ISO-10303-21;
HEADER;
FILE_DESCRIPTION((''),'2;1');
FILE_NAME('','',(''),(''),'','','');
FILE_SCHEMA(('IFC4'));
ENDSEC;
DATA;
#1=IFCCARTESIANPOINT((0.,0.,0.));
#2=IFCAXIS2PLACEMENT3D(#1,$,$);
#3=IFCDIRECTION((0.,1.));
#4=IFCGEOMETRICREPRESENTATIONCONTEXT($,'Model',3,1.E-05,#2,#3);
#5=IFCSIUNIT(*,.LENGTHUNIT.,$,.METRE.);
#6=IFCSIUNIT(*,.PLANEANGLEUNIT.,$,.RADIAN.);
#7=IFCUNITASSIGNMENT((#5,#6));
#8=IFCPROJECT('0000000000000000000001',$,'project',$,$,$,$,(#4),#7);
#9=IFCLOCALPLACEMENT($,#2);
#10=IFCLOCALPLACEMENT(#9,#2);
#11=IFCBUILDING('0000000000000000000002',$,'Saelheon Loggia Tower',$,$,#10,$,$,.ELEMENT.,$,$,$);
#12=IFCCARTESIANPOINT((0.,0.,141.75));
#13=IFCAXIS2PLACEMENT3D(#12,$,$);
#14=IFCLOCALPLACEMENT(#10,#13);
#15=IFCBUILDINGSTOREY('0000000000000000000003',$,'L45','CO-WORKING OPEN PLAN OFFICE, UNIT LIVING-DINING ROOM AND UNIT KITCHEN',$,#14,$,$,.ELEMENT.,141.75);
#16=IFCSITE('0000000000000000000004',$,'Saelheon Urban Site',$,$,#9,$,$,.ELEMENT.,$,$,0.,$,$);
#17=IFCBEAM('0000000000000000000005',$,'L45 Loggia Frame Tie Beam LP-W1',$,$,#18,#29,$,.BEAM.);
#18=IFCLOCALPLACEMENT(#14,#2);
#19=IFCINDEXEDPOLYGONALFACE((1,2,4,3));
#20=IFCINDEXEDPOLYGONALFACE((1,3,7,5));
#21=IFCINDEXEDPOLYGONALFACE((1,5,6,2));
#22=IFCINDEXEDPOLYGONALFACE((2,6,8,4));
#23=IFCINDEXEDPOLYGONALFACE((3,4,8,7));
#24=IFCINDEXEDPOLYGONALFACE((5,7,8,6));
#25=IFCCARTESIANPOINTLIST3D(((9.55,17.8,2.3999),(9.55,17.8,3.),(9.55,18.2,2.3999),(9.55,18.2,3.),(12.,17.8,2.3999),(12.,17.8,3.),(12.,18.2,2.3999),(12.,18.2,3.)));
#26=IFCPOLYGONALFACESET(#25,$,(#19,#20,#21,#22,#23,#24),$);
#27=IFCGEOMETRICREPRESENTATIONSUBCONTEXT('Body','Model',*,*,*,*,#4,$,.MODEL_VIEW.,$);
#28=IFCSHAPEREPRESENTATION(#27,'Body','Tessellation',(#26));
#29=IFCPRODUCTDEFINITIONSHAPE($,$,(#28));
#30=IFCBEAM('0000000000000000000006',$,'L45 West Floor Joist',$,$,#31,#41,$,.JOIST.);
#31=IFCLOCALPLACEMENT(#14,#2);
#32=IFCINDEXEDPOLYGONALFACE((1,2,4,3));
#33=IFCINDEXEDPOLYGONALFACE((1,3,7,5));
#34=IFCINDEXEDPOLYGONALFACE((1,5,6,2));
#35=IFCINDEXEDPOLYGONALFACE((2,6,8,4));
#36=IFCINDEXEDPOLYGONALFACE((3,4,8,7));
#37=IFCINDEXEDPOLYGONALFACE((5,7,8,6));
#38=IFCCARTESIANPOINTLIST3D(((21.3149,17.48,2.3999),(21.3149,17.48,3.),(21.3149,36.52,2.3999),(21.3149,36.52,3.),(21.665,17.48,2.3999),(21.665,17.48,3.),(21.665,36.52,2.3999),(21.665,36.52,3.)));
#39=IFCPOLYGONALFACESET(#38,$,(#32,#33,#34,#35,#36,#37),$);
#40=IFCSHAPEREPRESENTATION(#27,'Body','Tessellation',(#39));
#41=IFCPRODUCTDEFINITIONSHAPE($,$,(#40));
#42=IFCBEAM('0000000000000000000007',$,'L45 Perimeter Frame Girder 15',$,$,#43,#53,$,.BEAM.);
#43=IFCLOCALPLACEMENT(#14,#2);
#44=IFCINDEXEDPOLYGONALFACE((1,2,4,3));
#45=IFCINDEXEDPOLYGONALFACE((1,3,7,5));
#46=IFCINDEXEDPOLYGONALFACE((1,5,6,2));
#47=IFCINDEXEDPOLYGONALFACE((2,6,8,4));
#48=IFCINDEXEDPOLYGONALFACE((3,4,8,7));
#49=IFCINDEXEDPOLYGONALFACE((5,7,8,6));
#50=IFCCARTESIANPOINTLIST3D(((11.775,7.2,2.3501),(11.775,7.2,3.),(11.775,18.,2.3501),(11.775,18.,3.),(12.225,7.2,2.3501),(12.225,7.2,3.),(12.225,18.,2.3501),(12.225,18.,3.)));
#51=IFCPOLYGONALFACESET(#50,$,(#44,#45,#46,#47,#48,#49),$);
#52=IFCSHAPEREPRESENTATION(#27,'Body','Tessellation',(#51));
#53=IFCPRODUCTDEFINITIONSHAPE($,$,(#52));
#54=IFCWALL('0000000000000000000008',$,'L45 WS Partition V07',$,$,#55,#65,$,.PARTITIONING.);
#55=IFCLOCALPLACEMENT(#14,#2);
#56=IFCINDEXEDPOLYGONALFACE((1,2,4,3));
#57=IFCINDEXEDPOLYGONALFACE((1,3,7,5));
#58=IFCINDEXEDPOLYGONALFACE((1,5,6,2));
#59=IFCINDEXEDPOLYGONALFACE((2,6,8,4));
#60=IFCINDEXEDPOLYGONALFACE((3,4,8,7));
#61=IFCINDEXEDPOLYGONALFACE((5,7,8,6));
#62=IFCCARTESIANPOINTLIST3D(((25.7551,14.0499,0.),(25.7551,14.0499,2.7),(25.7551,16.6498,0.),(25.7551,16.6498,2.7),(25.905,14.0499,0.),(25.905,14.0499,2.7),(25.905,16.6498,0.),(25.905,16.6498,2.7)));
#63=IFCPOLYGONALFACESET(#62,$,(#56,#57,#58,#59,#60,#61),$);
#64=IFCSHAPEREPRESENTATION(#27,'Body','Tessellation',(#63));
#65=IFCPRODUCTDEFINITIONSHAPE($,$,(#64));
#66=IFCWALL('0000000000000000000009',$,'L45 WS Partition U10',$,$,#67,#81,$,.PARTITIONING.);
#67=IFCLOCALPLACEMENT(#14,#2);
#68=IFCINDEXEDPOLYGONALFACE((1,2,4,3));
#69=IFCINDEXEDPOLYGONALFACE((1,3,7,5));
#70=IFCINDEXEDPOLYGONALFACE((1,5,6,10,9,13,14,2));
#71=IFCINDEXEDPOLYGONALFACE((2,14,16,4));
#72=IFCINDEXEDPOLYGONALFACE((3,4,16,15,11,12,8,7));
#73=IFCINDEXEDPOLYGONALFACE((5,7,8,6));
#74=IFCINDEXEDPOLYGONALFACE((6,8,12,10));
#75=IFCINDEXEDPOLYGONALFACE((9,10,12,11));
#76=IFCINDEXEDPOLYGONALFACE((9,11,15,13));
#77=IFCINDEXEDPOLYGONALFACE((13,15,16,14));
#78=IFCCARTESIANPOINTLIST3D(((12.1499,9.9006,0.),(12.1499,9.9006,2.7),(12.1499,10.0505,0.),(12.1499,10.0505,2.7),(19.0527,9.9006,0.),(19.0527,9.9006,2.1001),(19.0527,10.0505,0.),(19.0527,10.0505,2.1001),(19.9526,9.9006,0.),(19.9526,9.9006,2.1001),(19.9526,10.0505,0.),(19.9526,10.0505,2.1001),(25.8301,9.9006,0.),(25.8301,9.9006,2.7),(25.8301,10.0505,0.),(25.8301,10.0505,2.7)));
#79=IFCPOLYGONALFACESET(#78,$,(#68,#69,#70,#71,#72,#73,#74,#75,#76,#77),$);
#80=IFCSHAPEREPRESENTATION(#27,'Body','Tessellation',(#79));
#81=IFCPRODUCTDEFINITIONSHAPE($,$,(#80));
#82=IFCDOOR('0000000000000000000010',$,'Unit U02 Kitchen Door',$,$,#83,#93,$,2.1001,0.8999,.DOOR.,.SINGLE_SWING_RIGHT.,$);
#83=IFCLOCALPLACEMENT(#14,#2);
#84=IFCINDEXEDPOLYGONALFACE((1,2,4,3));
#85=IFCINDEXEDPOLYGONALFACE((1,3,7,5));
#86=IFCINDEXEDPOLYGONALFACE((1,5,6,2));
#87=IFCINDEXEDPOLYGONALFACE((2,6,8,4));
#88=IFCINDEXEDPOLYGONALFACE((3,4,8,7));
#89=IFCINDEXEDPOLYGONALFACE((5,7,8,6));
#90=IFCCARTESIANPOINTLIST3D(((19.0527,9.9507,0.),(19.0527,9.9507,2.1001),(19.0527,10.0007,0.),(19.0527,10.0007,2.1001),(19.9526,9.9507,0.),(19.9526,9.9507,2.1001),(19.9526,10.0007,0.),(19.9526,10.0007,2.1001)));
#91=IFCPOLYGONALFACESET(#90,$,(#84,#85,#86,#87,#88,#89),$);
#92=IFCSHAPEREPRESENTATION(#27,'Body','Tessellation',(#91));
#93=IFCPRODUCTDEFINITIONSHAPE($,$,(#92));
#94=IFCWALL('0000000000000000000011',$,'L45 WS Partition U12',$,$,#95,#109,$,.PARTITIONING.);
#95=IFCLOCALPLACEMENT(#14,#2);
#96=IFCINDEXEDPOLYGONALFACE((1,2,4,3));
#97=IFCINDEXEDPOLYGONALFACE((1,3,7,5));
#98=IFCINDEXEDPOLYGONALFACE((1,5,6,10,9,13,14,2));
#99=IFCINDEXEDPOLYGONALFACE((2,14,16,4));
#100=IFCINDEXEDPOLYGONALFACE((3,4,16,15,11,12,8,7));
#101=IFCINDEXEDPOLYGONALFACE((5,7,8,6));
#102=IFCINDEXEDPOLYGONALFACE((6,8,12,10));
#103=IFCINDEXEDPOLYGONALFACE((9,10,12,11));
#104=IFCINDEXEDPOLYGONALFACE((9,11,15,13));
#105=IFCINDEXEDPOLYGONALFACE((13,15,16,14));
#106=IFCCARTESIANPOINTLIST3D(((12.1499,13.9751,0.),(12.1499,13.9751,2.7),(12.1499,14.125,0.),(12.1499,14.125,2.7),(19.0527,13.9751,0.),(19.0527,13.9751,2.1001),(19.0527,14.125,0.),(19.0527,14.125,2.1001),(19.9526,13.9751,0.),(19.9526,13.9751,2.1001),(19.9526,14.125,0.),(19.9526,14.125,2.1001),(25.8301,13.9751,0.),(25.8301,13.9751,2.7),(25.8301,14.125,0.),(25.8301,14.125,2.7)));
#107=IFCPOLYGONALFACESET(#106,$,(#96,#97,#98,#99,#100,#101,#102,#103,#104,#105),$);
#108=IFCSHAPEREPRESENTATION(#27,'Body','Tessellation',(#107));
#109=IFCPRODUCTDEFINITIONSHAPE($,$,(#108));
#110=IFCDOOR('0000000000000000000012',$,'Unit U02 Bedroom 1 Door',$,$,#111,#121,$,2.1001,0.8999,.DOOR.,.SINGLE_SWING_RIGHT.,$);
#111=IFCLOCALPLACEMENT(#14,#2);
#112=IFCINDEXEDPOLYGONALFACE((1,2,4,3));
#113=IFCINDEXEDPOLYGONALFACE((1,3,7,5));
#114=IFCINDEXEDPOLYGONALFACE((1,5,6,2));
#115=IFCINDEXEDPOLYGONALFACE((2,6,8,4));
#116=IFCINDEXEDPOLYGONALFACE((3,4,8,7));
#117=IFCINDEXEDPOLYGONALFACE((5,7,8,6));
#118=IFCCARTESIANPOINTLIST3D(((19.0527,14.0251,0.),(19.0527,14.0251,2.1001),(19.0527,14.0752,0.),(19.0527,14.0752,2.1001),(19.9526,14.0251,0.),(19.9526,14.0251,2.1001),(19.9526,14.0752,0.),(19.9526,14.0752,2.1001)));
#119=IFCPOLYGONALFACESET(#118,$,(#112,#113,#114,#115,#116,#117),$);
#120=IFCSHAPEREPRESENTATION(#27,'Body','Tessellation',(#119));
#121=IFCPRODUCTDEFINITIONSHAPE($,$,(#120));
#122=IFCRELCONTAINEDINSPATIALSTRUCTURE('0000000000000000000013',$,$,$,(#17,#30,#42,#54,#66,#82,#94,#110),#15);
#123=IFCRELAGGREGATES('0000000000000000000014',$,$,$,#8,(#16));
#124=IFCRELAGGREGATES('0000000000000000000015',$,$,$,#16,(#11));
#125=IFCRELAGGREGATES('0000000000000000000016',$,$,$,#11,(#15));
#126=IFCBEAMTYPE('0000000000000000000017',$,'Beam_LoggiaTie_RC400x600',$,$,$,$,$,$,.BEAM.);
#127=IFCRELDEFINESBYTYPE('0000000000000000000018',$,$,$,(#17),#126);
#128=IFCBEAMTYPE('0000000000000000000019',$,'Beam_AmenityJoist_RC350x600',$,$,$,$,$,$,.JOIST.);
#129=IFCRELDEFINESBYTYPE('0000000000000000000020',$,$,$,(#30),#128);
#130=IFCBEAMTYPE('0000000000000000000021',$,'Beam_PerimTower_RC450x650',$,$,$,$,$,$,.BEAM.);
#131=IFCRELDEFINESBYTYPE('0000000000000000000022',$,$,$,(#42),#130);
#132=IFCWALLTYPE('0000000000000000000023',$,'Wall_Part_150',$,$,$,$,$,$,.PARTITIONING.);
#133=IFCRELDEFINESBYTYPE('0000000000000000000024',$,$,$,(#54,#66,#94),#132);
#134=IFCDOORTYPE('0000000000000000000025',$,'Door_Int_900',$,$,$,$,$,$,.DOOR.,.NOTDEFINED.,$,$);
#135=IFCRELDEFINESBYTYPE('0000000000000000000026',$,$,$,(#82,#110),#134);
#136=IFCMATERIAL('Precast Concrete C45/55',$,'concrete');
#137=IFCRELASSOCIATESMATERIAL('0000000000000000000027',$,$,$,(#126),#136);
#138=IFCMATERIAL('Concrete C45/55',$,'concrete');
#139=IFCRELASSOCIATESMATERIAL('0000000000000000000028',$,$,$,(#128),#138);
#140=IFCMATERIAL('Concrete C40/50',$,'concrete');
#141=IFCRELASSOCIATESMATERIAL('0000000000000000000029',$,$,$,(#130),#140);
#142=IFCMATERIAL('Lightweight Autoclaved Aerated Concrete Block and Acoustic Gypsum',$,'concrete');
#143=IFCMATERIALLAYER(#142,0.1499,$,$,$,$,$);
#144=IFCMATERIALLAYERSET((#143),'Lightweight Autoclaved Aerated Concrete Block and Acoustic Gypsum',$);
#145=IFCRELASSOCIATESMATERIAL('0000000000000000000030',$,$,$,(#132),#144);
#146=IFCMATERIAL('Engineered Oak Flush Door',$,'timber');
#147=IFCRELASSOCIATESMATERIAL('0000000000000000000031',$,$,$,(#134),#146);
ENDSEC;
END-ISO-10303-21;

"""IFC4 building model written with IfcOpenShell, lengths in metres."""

from ifc_helpers import new_model, si_unit, direction, frame, frame_2d, origin, origin_2d, place, context, subcontext, project, spatial, rectangle, extrude, source, transform, mapped, material, layer, layer_set, material_profile, profile_set, type_object, element, fill, save


model = new_model("IFC4")

# Units and contexts
model_context = context("Model", 3, precision=1e-05, world=origin(), true_north=direction((0.0, 1.0)))
body_context = subcontext(model_context, "Body", "Model", "MODEL_VIEW")
ifc_project = project(units=[si_unit("LENGTHUNIT", "METRE"), si_unit("PLANEANGLEUNIT", "RADIAN")], contexts=[model_context])

# Site, building, storey
site_placement = place(None, origin())
site = spatial("IfcSite", under=ifc_project, at=site_placement, Name="Saelheon Urban Site", CompositionType="ELEMENT", RefElevation=0.0)
building_placement = place(site_placement, origin())
building = spatial("IfcBuilding", under=site, at=building_placement, Name="Saelheon Loggia Tower", CompositionType="ELEMENT")
storey_placement = place(building_placement, frame((0.0, 0.0, 141.75)))
storey = spatial("IfcBuildingStorey", under=building, at=storey_placement, Name="L45", Description="CO-WORKING OPEN PLAN OFFICE, UNIT LIVING-DINING ROOM AND UNIT KITCHEN", CompositionType="ELEMENT", Elevation=141.75)

# Beams
ifc_material_1 = material(Name="Precast Concrete C45/55", Category="concrete")
ifc_material_profile_1 = material_profile(ifc_material_1, rectangle(XDim=0.3999, YDim=0.6001, at=origin_2d()), Name="RC-400x600")
ifc_profile_set_1 = profile_set([ifc_material_profile_1], Name="Precast Concrete C45/55")
beam_type_1 = type_object("IfcBeamType", Name="Beam_LoggiaTie_RC400x600", PredefinedType="BEAM", material=ifc_profile_set_1)
shared_shape_1 = source(origin(), body_context, "Body", "SweptSolid", [
    extrude(rectangle(XDim=0.3999, YDim=0.6001, at=origin_2d()), origin(), (0.0, 0.0, 1.0), 2.45),
])
beam_1_placement = place(storey_placement, frame((12.0, 18.0, 2.7), z_axis=(-1.0, 0.0, 0.0), x_axis=(0.0, -1.0, 0.0)))
element("IfcBeam", 1, at=beam_1_placement, inside=storey, type_object=beam_type_1, Name="L45 Loggia Frame Tie Beam LP-W1", PredefinedType="BEAM", context=body_context, shape_type="MappedRepresentation", body=[
    mapped(shared_shape_1, transform((0.0, 0.0, 0.0), scale=1.0)),
])
ifc_material_2 = material(Name="Concrete C45/55", Category="concrete")
ifc_material_profile_2 = material_profile(ifc_material_2, rectangle(XDim=0.3501, YDim=0.6001, at=origin_2d()), Name="RC-350x600")
ifc_profile_set_2 = profile_set([ifc_material_profile_2], Name="Concrete C45/55")
beam_type_2 = type_object("IfcBeamType", Name="Beam_AmenityJoist_RC350x600", PredefinedType="JOIST", material=ifc_profile_set_2)
shared_shape_2 = source(origin(), body_context, "Body", "SweptSolid", [
    extrude(rectangle(XDim=0.3501, YDim=0.6001, at=origin_2d()), origin(), (0.0, 0.0, 1.0), 19.04),
])
beam_2_placement = place(storey_placement, frame((21.49, 17.48, 2.7), z_axis=(0.0, 1.0, 0.0), x_axis=(-1.0, 0.0, 0.0)))
element("IfcBeam", 2, at=beam_2_placement, inside=storey, type_object=beam_type_2, Name="L45 West Floor Joist", PredefinedType="JOIST", context=body_context, shape_type="MappedRepresentation", body=[
    mapped(shared_shape_2, transform((0.0, 0.0, 0.0), scale=1.0)),
])
ifc_material_3 = material(Name="Concrete C40/50", Category="concrete")
ifc_material_profile_3 = material_profile(ifc_material_3, rectangle(XDim=0.45, YDim=0.6499, at=origin_2d()), Name="RC-450x650")
ifc_profile_set_3 = profile_set([ifc_material_profile_3], Name="Concrete C40/50")
beam_type_3 = type_object("IfcBeamType", Name="Beam_PerimTower_RC450x650", PredefinedType="BEAM", material=ifc_profile_set_3)
shared_shape_3 = source(origin(), body_context, "Body", "SweptSolid", [
    extrude(rectangle(XDim=0.45, YDim=0.6499, at=origin_2d()), origin(), (0.0, 0.0, 1.0), 10.8),
])
beam_3_placement = place(storey_placement, frame((12.0, 18.0, 2.675), z_axis=(0.0, -1.0, 0.0), x_axis=(1.0, 0.0, 0.0)))
element("IfcBeam", 3, at=beam_3_placement, inside=storey, type_object=beam_type_3, Name="L45 Perimeter Frame Girder 15", PredefinedType="BEAM", context=body_context, shape_type="MappedRepresentation", body=[
    mapped(shared_shape_3, transform((0.0, 0.0, 0.0), scale=1.0)),
])

# Wall
ifc_material_4 = material(Name="Lightweight Autoclaved Aerated Concrete Block and Acoustic Gypsum", Category="concrete")
ifc_layer_1 = layer(ifc_material_4, 0.1499)
ifc_layer_set_1 = layer_set([ifc_layer_1], Name="Lightweight Autoclaved Aerated Concrete Block and Acoustic Gypsum")
wall_type_1 = type_object("IfcWallType", Name="Wall_Part_150", PredefinedType="PARTITIONING", material=ifc_layer_set_1)
wall_1_placement = place(storey_placement, frame((25.8301, 14.05, 0.0), z_axis=(0.0, 0.0, 1.0), x_axis=(0.0, 1.0, 0.0)))
element("IfcWall", 4, at=wall_1_placement, inside=storey, type_object=wall_type_1, Name="L45 WS Partition V07", PredefinedType="PARTITIONING", context=body_context, shape_type="SweptSolid", body=[
    extrude(rectangle(XDim=2.5999, YDim=0.1499, at=frame_2d((1.2998, 0.0))), origin(), (0.0, 0.0, 1.0), 2.7),
])

# Walls, openings, doors
wall_2_placement = place(storey_placement, frame((25.8301, 9.9756, 0.0), z_axis=(0.0, 0.0, 1.0), x_axis=(-1.0, 0.0, 0.0)))
wall_2 = element("IfcWall", 5, at=wall_2_placement, inside=storey, type_object=wall_type_1, Name="L45 WS Partition U10", PredefinedType="PARTITIONING", context=body_context, shape_type="SweptSolid", body=[
    extrude(rectangle(XDim=13.6802, YDim=0.1499, at=frame_2d((6.8401, 0.0))), origin(), (0.0, 0.0, 1.0), 2.7),
])
opening_1_placement = place(wall_2_placement, frame((5.8774, 0.0, 0.0)))
opening_1 = element("IfcOpeningElement", 6, at=opening_1_placement, cuts=wall_2, PredefinedType="OPENING", context=body_context, shape_type="SweptSolid", body=[
    extrude(rectangle(XDim=0.8999, YDim=2.1001, at=frame_2d((0.45, 1.05))), frame((0.0, 0.0869, 0.0), z_axis=(0.0, -1.0, 0.0), x_axis=(1.0, 0.0, 0.0)), (0.0, 0.0, 1.0), 0.1738),
])
ifc_material_5 = material(Name="Engineered Oak Flush Door", Category="timber")
door_type_1 = type_object("IfcDoorType", Name="Door_Int_900", OperationType="NOTDEFINED", PredefinedType="DOOR", material=ifc_material_5)
shared_shape_4 = source(origin(), body_context, "Body", "SweptSolid", [
    extrude(rectangle(XDim=0.8999, YDim=2.1001, at=frame_2d((0.45, 1.05))), frame((0.0, 0.0249, 0.0), z_axis=(0.0, -1.0, 0.0), x_axis=(1.0, 0.0, 0.0)), (0.0, 0.0, 1.0), 0.05),
])
door_1_placement = place(opening_1_placement, origin())
door_1 = element("IfcDoor", 7, at=door_1_placement, inside=storey, type_object=door_type_1, Name="Unit U02 Kitchen Door", OperationType="SINGLE_SWING_RIGHT", OverallHeight=2.1001, OverallWidth=0.8999, PredefinedType="DOOR", context=body_context, shape_type="MappedRepresentation", body=[
    mapped(shared_shape_4, transform((0.0, 0.0, 0.0), scale=1.0)),
])
fill(opening_1, door_1)
wall_3_placement = place(storey_placement, frame((25.8301, 14.05, 0.0), z_axis=(0.0, 0.0, 1.0), x_axis=(-1.0, 0.0, 0.0)))
wall_3 = element("IfcWall", 8, at=wall_3_placement, inside=storey, type_object=wall_type_1, Name="L45 WS Partition U12", PredefinedType="PARTITIONING", context=body_context, shape_type="SweptSolid", body=[
    extrude(rectangle(XDim=13.6802, YDim=0.1499, at=frame_2d((6.8401, 0.0))), origin(), (0.0, 0.0, 1.0), 2.7),
])
opening_2_placement = place(wall_3_placement, frame((5.8774, 0.0, 0.0)))
opening_2 = element("IfcOpeningElement", 9, at=opening_2_placement, cuts=wall_3, PredefinedType="OPENING", context=body_context, shape_type="SweptSolid", body=[
    extrude(rectangle(XDim=0.8999, YDim=2.1001, at=frame_2d((0.45, 1.05))), frame((0.0, 0.0869, 0.0), z_axis=(0.0, -1.0, 0.0), x_axis=(1.0, 0.0, 0.0)), (0.0, 0.0, 1.0), 0.1738),
])
door_2_placement = place(opening_2_placement, origin())
door_2 = element("IfcDoor", 10, at=door_2_placement, inside=storey, type_object=door_type_1, Name="Unit U02 Bedroom 1 Door", OperationType="SINGLE_SWING_RIGHT", OverallHeight=2.1001, OverallWidth=0.8999, PredefinedType="DOOR", context=body_context, shape_type="MappedRepresentation", body=[
    mapped(shared_shape_4, transform((0.0, 0.0, 0.0), scale=1.0)),
])
fill(opening_2, door_2)

save(model, "model.ifc")
